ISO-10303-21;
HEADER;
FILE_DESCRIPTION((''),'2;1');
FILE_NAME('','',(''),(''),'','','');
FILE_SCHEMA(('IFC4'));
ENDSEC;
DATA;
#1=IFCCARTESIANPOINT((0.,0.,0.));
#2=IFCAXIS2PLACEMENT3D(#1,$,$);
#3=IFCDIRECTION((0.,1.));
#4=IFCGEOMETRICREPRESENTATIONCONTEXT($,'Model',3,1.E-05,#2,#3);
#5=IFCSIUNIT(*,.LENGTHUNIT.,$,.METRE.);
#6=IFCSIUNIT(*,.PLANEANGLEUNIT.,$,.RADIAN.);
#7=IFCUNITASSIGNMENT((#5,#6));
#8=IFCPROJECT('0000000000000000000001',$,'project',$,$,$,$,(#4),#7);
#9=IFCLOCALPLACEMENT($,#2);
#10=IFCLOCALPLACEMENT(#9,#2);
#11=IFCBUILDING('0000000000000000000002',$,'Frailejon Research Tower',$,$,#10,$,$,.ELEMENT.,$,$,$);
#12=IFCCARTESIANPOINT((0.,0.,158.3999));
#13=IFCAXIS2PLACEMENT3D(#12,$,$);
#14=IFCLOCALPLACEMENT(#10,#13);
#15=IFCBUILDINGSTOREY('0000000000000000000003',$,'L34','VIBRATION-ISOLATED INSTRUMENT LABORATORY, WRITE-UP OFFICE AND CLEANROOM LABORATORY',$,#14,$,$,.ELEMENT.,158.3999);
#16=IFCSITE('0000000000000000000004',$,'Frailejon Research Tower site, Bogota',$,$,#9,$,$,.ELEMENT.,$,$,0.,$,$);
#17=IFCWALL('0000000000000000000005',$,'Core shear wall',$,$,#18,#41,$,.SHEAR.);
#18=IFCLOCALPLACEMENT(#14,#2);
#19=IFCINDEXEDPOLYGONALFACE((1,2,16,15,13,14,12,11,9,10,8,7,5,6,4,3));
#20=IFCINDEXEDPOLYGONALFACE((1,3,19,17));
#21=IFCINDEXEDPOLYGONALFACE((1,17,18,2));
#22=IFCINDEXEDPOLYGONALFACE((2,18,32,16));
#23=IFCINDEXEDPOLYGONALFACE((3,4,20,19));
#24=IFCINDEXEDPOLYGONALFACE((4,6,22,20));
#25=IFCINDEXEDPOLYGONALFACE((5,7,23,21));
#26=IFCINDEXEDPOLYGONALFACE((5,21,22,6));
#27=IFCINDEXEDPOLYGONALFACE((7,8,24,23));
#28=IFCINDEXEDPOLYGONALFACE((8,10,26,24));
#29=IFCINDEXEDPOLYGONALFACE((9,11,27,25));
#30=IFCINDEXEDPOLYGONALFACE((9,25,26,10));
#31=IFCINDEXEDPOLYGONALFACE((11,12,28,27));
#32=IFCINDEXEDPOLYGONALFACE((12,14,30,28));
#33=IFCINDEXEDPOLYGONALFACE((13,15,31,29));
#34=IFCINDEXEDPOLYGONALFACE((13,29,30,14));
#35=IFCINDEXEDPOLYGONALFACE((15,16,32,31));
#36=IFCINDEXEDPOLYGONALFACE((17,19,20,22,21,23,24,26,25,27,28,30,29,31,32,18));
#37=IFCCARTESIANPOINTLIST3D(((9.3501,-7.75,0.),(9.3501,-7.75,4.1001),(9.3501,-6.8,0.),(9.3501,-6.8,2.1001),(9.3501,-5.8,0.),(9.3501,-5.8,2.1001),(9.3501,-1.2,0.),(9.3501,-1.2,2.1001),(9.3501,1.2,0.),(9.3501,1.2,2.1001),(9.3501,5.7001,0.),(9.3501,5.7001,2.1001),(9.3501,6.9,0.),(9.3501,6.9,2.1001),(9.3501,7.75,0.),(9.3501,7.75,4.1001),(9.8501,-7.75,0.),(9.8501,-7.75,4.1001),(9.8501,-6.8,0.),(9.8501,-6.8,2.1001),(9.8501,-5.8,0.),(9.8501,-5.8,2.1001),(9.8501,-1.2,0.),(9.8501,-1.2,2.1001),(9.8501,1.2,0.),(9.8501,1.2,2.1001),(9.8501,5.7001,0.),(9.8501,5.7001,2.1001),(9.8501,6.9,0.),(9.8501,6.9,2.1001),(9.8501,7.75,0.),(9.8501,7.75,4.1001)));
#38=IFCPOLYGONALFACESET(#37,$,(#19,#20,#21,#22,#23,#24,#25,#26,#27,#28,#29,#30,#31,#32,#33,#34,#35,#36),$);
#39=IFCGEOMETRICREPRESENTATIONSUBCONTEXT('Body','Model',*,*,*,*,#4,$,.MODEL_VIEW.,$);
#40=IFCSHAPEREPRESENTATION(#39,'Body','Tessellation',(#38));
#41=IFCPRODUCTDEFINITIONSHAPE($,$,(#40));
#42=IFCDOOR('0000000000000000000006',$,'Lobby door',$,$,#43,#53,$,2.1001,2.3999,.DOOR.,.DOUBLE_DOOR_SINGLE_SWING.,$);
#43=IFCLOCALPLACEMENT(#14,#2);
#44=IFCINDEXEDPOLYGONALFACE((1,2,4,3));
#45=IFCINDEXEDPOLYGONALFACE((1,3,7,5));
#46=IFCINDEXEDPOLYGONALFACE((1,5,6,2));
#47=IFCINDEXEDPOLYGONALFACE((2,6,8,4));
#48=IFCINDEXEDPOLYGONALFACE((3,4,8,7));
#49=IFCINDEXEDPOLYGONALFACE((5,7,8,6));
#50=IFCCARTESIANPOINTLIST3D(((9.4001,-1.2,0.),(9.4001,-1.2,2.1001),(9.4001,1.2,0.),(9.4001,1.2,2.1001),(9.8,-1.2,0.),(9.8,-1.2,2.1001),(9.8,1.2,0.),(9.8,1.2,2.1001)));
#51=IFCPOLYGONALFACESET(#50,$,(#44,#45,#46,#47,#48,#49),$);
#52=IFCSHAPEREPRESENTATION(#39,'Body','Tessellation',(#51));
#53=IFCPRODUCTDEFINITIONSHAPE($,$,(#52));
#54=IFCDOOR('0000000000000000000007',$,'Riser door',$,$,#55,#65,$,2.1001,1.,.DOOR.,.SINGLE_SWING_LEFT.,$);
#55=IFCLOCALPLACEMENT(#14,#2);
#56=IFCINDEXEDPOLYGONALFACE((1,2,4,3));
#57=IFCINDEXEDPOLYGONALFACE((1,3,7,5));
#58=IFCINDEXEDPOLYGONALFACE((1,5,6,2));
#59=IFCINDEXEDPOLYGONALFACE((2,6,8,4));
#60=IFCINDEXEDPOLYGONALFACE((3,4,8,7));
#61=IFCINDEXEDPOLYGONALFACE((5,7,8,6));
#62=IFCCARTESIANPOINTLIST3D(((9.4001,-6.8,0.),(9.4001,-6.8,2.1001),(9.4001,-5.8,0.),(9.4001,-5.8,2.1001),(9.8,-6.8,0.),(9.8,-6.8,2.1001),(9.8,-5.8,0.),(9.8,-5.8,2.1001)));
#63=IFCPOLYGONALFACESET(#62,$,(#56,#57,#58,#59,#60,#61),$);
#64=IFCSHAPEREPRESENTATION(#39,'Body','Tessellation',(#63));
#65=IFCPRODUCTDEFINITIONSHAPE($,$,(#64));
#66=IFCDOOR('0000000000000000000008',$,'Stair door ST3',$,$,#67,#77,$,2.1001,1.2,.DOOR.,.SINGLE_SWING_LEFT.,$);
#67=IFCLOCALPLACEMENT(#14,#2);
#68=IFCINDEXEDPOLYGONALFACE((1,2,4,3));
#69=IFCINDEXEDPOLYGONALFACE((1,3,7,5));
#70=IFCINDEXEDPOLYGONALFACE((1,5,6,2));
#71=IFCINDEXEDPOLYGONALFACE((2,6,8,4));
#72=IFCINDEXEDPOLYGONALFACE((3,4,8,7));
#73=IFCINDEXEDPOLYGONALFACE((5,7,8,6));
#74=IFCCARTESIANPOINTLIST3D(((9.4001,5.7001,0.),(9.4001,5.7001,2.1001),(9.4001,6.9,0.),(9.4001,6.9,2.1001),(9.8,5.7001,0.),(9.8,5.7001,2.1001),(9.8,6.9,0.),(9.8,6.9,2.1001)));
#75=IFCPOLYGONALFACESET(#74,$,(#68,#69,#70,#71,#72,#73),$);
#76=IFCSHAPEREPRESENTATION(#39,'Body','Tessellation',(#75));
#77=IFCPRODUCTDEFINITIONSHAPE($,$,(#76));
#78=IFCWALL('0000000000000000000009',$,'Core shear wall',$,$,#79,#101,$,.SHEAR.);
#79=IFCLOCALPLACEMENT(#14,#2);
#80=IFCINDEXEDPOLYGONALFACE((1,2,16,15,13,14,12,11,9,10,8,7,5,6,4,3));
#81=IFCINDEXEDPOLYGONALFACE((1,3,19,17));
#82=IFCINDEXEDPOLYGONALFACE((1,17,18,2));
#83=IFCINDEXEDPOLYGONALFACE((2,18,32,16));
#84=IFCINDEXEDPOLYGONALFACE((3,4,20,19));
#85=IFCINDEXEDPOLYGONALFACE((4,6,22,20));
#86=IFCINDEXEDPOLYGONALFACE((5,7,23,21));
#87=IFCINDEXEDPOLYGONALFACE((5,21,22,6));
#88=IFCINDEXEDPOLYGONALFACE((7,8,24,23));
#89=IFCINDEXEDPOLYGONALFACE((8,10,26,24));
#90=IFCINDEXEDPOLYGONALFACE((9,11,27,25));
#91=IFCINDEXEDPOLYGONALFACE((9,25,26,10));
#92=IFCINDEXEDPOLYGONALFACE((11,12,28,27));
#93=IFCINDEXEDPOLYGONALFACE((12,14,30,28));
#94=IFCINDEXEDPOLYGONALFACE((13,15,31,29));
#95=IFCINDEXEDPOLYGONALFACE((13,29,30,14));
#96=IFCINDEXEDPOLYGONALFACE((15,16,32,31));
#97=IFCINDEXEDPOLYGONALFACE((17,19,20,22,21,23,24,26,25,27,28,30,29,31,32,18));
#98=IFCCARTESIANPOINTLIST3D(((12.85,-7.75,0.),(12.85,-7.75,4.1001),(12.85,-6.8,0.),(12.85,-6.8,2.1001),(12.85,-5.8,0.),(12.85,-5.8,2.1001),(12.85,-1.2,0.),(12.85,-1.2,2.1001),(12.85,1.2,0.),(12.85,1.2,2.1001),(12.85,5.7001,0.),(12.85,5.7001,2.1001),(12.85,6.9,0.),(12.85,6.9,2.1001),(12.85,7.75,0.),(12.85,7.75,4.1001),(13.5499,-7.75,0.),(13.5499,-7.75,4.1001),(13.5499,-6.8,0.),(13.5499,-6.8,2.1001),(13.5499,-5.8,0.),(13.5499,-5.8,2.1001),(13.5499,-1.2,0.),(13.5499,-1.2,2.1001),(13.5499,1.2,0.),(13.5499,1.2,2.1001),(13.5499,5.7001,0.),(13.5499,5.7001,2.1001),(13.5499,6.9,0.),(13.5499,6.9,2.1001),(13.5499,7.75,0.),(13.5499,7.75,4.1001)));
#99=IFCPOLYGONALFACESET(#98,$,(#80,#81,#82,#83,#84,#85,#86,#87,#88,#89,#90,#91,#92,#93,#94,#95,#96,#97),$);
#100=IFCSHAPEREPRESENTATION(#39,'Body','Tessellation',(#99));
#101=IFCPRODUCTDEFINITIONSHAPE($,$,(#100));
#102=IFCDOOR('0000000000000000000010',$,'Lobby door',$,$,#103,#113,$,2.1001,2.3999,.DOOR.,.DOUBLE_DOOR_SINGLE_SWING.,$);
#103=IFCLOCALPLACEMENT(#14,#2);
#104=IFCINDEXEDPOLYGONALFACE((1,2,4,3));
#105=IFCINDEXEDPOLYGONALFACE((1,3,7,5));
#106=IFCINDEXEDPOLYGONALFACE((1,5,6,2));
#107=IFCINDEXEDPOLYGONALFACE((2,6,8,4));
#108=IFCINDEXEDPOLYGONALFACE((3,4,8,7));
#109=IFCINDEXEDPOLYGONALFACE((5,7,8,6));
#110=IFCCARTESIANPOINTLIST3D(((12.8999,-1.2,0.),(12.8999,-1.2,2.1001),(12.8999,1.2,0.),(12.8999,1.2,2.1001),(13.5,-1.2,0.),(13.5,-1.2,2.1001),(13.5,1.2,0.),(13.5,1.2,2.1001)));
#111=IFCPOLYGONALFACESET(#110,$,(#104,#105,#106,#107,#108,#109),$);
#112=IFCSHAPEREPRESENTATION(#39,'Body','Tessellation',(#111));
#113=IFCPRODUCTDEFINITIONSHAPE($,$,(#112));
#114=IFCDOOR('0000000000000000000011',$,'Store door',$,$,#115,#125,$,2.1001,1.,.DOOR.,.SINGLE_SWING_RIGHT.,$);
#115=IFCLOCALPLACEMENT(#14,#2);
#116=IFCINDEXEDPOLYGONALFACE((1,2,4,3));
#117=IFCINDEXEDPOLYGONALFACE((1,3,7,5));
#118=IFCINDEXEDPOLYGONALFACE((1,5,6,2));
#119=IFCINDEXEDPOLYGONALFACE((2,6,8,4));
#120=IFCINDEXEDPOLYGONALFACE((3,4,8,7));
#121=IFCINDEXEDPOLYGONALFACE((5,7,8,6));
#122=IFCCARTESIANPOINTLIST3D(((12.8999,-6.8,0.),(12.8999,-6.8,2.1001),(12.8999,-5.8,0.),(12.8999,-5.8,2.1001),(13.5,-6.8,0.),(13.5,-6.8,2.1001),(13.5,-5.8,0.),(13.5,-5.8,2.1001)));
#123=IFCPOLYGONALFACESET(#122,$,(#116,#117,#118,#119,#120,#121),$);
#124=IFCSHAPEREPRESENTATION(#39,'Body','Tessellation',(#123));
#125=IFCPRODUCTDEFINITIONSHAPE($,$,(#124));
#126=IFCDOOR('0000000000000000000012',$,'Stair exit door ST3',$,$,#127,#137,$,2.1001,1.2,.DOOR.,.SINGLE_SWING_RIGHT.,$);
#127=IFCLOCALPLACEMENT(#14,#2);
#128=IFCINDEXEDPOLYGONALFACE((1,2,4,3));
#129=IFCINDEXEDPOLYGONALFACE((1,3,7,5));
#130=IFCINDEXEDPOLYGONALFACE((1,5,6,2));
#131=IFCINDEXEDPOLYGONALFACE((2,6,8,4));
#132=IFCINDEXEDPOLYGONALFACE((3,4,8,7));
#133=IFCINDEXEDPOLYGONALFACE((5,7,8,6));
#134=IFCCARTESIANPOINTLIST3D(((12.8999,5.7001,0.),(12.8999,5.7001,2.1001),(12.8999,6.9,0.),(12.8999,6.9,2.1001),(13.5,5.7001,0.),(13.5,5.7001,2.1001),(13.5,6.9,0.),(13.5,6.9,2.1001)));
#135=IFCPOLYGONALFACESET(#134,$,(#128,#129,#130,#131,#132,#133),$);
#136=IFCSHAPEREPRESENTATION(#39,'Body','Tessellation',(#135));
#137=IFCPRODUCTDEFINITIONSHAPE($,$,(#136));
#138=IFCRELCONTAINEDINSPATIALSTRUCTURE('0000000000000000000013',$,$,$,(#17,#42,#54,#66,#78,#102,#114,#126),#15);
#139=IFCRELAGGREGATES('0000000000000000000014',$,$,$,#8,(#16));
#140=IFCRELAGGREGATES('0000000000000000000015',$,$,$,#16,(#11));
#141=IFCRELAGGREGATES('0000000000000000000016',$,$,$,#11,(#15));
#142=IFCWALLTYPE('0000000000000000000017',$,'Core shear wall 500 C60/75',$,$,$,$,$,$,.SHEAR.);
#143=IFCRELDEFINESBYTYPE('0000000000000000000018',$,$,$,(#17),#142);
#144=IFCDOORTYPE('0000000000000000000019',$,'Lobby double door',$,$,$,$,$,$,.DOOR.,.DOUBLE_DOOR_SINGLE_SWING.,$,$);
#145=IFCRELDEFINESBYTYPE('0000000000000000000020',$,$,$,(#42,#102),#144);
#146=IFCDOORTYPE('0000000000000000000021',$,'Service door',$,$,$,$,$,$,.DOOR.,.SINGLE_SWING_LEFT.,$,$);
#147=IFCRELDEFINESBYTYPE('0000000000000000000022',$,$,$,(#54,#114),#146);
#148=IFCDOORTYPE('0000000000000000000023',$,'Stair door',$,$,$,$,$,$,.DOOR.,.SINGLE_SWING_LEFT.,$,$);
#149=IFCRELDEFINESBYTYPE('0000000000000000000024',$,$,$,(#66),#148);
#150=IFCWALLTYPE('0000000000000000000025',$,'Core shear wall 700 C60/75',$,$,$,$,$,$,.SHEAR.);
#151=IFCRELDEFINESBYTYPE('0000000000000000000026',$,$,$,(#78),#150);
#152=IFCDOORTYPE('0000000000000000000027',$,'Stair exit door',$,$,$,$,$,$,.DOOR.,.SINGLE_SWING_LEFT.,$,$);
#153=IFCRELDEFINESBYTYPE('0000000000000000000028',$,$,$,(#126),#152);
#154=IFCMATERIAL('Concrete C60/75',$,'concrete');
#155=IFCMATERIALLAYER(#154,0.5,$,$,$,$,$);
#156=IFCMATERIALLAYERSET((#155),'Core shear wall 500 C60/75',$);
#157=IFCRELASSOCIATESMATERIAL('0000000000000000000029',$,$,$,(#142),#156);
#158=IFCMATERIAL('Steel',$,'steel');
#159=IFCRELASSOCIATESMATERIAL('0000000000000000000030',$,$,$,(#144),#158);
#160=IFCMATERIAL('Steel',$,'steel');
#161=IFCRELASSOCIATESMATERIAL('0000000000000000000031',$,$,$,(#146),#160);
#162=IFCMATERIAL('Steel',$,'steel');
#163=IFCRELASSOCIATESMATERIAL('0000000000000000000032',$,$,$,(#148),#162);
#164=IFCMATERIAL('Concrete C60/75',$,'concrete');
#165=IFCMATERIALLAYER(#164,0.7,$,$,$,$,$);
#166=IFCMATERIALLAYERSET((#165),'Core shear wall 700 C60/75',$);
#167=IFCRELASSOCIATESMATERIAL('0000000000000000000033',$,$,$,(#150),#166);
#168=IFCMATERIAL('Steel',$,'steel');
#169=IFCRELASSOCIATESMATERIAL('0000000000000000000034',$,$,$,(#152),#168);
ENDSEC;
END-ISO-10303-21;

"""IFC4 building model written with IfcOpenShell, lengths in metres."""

from ifc_helpers import new_model, si_unit, direction, frame, frame_2d, origin, place, context, subcontext, project, spatial, rectangle, extrude, material, layer, layer_set, type_object, element, fill, save


model = new_model("IFC4")

# Units and contexts
model_context = context("Model", 3, precision=1e-05, world=origin(), true_north=direction((0.0, 1.0)))
body_context = subcontext(model_context, "Body", "Model", "MODEL_VIEW")
ifc_project = project(units=[si_unit("LENGTHUNIT", "METRE"), si_unit("PLANEANGLEUNIT", "RADIAN")], contexts=[model_context])

# Site, building, storey
site_placement = place(None, origin())
site = spatial("IfcSite", under=ifc_project, at=site_placement, Name="Frailejon Research Tower site, Bogota", CompositionType="ELEMENT", RefElevation=0.0)
building_placement = place(site_placement, origin())
building = spatial("IfcBuilding", under=site, at=building_placement, Name="Frailejon Research Tower", CompositionType="ELEMENT")
storey_placement = place(building_placement, frame((0.0, 0.0, 158.3999)))
storey = spatial("IfcBuildingStorey", under=building, at=storey_placement, Name="L34", Description="VIBRATION-ISOLATED INSTRUMENT LABORATORY, WRITE-UP OFFICE AND CLEANROOM LABORATORY", CompositionType="ELEMENT", Elevation=158.3999)

# Walls, openings, doors
ifc_material_1 = material(Name="Concrete C60/75", Category="concrete")
ifc_layer_1 = layer(ifc_material_1, 0.5)
ifc_layer_set_1 = layer_set([ifc_layer_1], Name="Core shear wall 500 C60/75")
wall_type_1 = type_object("IfcWallType", Name="Core shear wall 500 C60/75", PredefinedType="SHEAR", material=ifc_layer_set_1)
wall_1_placement = place(storey_placement, frame((9.6001, -7.75, 0.0), z_axis=(0.0, 0.0, 1.0), x_axis=(0.0, 1.0, 0.0)))
wall_1 = element("IfcWall", 1, at=wall_1_placement, inside=storey, type_object=wall_type_1, Name="Core shear wall", PredefinedType="SHEAR", context=body_context, shape_type="SweptSolid", body=[
    extrude(rectangle(XDim=15.5, YDim=0.5, at=frame_2d((7.75, 0.0))), origin(), (0.0, 0.0, 1.0), 4.1001),
])
opening_1_placement = place(wall_1_placement, frame((6.55, 0.0, 0.0)))
opening_1 = element("IfcOpeningElement", 2, at=opening_1_placement, cuts=wall_1, PredefinedType="OPENING", context=body_context, shape_type="SweptSolid", body=[
    extrude(rectangle(XDim=2.3999, YDim=2.1001, at=frame_2d((1.2, 1.05))), frame((0.0, 0.26, 0.0), z_axis=(0.0, -1.0, 0.0), x_axis=(1.0, 0.0, 0.0)), (0.0, 0.0, 1.0), 0.52),
])
opening_2_placement = place(wall_1_placement, frame((13.45, 0.0, 0.0)))
opening_2 = element("IfcOpeningElement", 3, at=opening_2_placement, cuts=wall_1, PredefinedType="OPENING", context=body_context, shape_type="SweptSolid", body=[
    extrude(rectangle(XDim=1.2, YDim=2.1001, at=frame_2d((0.6001, 1.05))), frame((0.0, 0.26, 0.0), z_axis=(0.0, -1.0, 0.0), x_axis=(1.0, 0.0, 0.0)), (0.0, 0.0, 1.0), 0.52),
])
opening_3_placement = place(wall_1_placement, frame((0.95, 0.0, 0.0)))
opening_3 = element("IfcOpeningElement", 4, at=opening_3_placement, cuts=wall_1, PredefinedType="OPENING", context=body_context, shape_type="SweptSolid", body=[
    extrude(rectangle(XDim=1.0, YDim=2.1001, at=frame_2d((0.5, 1.05))), frame((0.0, 0.26, 0.0), z_axis=(0.0, -1.0, 0.0), x_axis=(1.0, 0.0, 0.0)), (0.0, 0.0, 1.0), 0.52),
])
ifc_material_2 = material(Name="Steel", Category="steel")
door_type_1 = type_object("IfcDoorType", Name="Lobby double door", OperationType="DOUBLE_DOOR_SINGLE_SWING", PredefinedType="DOOR", material=ifc_material_2)
door_1_placement = place(opening_1_placement, origin())
door_1 = element("IfcDoor", 5, at=door_1_placement, inside=storey, type_object=door_type_1, Name="Lobby door", OperationType="DOUBLE_DOOR_SINGLE_SWING", OverallHeight=2.1001, OverallWidth=2.3999, PredefinedType="DOOR", context=body_context, shape_type="SweptSolid", body=[
    extrude(rectangle(XDim=2.3999, YDim=2.1001, at=frame_2d((1.2, 1.05))), frame((0.0, 0.2, 0.0), z_axis=(0.0, -1.0, 0.0), x_axis=(1.0, 0.0, 0.0)), (0.0, 0.0, 1.0), 0.3999),
])
fill(opening_1, door_1)
ifc_material_3 = material(Name="Steel", Category="steel")
door_type_2 = type_object("IfcDoorType", Name="Service door", OperationType="SINGLE_SWING_LEFT", PredefinedType="DOOR", material=ifc_material_3)
door_2_placement = place(opening_3_placement, origin())
door_2 = element("IfcDoor", 6, at=door_2_placement, inside=storey, type_object=door_type_2, Name="Riser door", OperationType="SINGLE_SWING_LEFT", OverallHeight=2.1001, OverallWidth=1.0, PredefinedType="DOOR", context=body_context, shape_type="SweptSolid", body=[
    extrude(rectangle(XDim=1.0, YDim=2.1001, at=frame_2d((0.5, 1.05))), frame((0.0, 0.2, 0.0), z_axis=(0.0, -1.0, 0.0), x_axis=(1.0, 0.0, 0.0)), (0.0, 0.0, 1.0), 0.3999),
])
fill(opening_3, door_2)
ifc_material_4 = material(Name="Steel", Category="steel")
door_type_3 = type_object("IfcDoorType", Name="Stair door", OperationType="SINGLE_SWING_LEFT", PredefinedType="DOOR", material=ifc_material_4)
door_3_placement = place(opening_2_placement, origin())
door_3 = element("IfcDoor", 7, at=door_3_placement, inside=storey, type_object=door_type_3, Name="Stair door ST3", OperationType="SINGLE_SWING_LEFT", OverallHeight=2.1001, OverallWidth=1.2, PredefinedType="DOOR", context=body_context, shape_type="SweptSolid", body=[
    extrude(rectangle(XDim=1.2, YDim=2.1001, at=frame_2d((0.6001, 1.05))), frame((0.0, 0.2, 0.0), z_axis=(0.0, -1.0, 0.0), x_axis=(1.0, 0.0, 0.0)), (0.0, 0.0, 1.0), 0.3999),
])
fill(opening_2, door_3)
ifc_material_5 = material(Name="Concrete C60/75", Category="concrete")
ifc_layer_2 = layer(ifc_material_5, 0.7)
ifc_layer_set_2 = layer_set([ifc_layer_2], Name="Core shear wall 700 C60/75")
wall_type_2 = type_object("IfcWallType", Name="Core shear wall 700 C60/75", PredefinedType="SHEAR", material=ifc_layer_set_2)
wall_2_placement = place(storey_placement, frame((13.2, -7.75, 0.0), z_axis=(0.0, 0.0, 1.0), x_axis=(0.0, 1.0, 0.0)))
wall_2 = element("IfcWall", 8, at=wall_2_placement, inside=storey, type_object=wall_type_2, Name="Core shear wall", PredefinedType="SHEAR", context=body_context, shape_type="SweptSolid", body=[
    extrude(rectangle(XDim=15.5, YDim=0.7, at=frame_2d((7.75, 0.0))), origin(), (0.0, 0.0, 1.0), 4.1001),
])
opening_4_placement = place(wall_2_placement, frame((6.55, 0.0, 0.0)))
opening_4 = element("IfcOpeningElement", 9, at=opening_4_placement, cuts=wall_2, PredefinedType="OPENING", context=body_context, shape_type="SweptSolid", body=[
    extrude(rectangle(XDim=2.3999, YDim=2.1001, at=frame_2d((1.2, 1.05))), frame((0.0, 0.3599, 0.0), z_axis=(0.0, -1.0, 0.0), x_axis=(1.0, 0.0, 0.0)), (0.0, 0.0, 1.0), 0.72),
])
opening_5_placement = place(wall_2_placement, frame((13.45, 0.0, 0.0)))
opening_5 = element("IfcOpeningElement", 10, at=opening_5_placement, cuts=wall_2, PredefinedType="OPENING", context=body_context, shape_type="SweptSolid", body=[
    extrude(rectangle(XDim=1.2, YDim=2.1001, at=frame_2d((0.6001, 1.05))), frame((0.0, 0.3599, 0.0), z_axis=(0.0, -1.0, 0.0), x_axis=(1.0, 0.0, 0.0)), (0.0, 0.0, 1.0), 0.72),
])
opening_6_placement = place(wall_2_placement, frame((0.95, 0.0, 0.0)))
opening_6 = element("IfcOpeningElement", 11, at=opening_6_placement, cuts=wall_2, PredefinedType="OPENING", context=body_context, shape_type="SweptSolid", body=[
    extrude(rectangle(XDim=1.0, YDim=2.1001, at=frame_2d((0.5, 1.05))), frame((0.0, 0.3599, 0.0), z_axis=(0.0, -1.0, 0.0), x_axis=(1.0, 0.0, 0.0)), (0.0, 0.0, 1.0), 0.72),
])
door_4_placement = place(opening_4_placement, origin())
door_4 = element("IfcDoor", 12, at=door_4_placement, inside=storey, type_object=door_type_1, Name="Lobby door", OperationType="DOUBLE_DOOR_SINGLE_SWING", OverallHeight=2.1001, OverallWidth=2.3999, PredefinedType="DOOR", context=body_context, shape_type="SweptSolid", body=[
    extrude(rectangle(XDim=2.3999, YDim=2.1001, at=frame_2d((1.2, 1.05))), frame((0.0, 0.3, 0.0), z_axis=(0.0, -1.0, 0.0), x_axis=(1.0, 0.0, 0.0)), (0.0, 0.0, 1.0), 0.6001),
])
fill(opening_4, door_4)
door_5_placement = place(opening_6_placement, origin())
door_5 = element("IfcDoor", 13, at=door_5_placement, inside=storey, type_object=door_type_2, Name="Store door", OperationType="SINGLE_SWING_RIGHT", OverallHeight=2.1001, OverallWidth=1.0, PredefinedType="DOOR", context=body_context, shape_type="SweptSolid", body=[
    extrude(rectangle(XDim=1.0, YDim=2.1001, at=frame_2d((0.5, 1.05))), frame((0.0, 0.3, 0.0), z_axis=(0.0, -1.0, 0.0), x_axis=(1.0, 0.0, 0.0)), (0.0, 0.0, 1.0), 0.6001),
])
fill(opening_6, door_5)
ifc_material_6 = material(Name="Steel", Category="steel")
door_type_4 = type_object("IfcDoorType", Name="Stair exit door", OperationType="SINGLE_SWING_LEFT", PredefinedType="DOOR", material=ifc_material_6)
door_6_placement = place(opening_5_placement, origin())
door_6 = element("IfcDoor", 14, at=door_6_placement, inside=storey, type_object=door_type_4, Name="Stair exit door ST3", OperationType="SINGLE_SWING_RIGHT", OverallHeight=2.1001, OverallWidth=1.2, PredefinedType="DOOR", context=body_context, shape_type="SweptSolid", body=[
    extrude(rectangle(XDim=1.2, YDim=2.1001, at=frame_2d((0.6001, 1.05))), frame((0.0, 0.3, 0.0), z_axis=(0.0, -1.0, 0.0), x_axis=(1.0, 0.0, 0.0)), (0.0, 0.0, 1.0), 0.6001),
])
fill(opening_5, door_6)

save(model, "model.ifc")
